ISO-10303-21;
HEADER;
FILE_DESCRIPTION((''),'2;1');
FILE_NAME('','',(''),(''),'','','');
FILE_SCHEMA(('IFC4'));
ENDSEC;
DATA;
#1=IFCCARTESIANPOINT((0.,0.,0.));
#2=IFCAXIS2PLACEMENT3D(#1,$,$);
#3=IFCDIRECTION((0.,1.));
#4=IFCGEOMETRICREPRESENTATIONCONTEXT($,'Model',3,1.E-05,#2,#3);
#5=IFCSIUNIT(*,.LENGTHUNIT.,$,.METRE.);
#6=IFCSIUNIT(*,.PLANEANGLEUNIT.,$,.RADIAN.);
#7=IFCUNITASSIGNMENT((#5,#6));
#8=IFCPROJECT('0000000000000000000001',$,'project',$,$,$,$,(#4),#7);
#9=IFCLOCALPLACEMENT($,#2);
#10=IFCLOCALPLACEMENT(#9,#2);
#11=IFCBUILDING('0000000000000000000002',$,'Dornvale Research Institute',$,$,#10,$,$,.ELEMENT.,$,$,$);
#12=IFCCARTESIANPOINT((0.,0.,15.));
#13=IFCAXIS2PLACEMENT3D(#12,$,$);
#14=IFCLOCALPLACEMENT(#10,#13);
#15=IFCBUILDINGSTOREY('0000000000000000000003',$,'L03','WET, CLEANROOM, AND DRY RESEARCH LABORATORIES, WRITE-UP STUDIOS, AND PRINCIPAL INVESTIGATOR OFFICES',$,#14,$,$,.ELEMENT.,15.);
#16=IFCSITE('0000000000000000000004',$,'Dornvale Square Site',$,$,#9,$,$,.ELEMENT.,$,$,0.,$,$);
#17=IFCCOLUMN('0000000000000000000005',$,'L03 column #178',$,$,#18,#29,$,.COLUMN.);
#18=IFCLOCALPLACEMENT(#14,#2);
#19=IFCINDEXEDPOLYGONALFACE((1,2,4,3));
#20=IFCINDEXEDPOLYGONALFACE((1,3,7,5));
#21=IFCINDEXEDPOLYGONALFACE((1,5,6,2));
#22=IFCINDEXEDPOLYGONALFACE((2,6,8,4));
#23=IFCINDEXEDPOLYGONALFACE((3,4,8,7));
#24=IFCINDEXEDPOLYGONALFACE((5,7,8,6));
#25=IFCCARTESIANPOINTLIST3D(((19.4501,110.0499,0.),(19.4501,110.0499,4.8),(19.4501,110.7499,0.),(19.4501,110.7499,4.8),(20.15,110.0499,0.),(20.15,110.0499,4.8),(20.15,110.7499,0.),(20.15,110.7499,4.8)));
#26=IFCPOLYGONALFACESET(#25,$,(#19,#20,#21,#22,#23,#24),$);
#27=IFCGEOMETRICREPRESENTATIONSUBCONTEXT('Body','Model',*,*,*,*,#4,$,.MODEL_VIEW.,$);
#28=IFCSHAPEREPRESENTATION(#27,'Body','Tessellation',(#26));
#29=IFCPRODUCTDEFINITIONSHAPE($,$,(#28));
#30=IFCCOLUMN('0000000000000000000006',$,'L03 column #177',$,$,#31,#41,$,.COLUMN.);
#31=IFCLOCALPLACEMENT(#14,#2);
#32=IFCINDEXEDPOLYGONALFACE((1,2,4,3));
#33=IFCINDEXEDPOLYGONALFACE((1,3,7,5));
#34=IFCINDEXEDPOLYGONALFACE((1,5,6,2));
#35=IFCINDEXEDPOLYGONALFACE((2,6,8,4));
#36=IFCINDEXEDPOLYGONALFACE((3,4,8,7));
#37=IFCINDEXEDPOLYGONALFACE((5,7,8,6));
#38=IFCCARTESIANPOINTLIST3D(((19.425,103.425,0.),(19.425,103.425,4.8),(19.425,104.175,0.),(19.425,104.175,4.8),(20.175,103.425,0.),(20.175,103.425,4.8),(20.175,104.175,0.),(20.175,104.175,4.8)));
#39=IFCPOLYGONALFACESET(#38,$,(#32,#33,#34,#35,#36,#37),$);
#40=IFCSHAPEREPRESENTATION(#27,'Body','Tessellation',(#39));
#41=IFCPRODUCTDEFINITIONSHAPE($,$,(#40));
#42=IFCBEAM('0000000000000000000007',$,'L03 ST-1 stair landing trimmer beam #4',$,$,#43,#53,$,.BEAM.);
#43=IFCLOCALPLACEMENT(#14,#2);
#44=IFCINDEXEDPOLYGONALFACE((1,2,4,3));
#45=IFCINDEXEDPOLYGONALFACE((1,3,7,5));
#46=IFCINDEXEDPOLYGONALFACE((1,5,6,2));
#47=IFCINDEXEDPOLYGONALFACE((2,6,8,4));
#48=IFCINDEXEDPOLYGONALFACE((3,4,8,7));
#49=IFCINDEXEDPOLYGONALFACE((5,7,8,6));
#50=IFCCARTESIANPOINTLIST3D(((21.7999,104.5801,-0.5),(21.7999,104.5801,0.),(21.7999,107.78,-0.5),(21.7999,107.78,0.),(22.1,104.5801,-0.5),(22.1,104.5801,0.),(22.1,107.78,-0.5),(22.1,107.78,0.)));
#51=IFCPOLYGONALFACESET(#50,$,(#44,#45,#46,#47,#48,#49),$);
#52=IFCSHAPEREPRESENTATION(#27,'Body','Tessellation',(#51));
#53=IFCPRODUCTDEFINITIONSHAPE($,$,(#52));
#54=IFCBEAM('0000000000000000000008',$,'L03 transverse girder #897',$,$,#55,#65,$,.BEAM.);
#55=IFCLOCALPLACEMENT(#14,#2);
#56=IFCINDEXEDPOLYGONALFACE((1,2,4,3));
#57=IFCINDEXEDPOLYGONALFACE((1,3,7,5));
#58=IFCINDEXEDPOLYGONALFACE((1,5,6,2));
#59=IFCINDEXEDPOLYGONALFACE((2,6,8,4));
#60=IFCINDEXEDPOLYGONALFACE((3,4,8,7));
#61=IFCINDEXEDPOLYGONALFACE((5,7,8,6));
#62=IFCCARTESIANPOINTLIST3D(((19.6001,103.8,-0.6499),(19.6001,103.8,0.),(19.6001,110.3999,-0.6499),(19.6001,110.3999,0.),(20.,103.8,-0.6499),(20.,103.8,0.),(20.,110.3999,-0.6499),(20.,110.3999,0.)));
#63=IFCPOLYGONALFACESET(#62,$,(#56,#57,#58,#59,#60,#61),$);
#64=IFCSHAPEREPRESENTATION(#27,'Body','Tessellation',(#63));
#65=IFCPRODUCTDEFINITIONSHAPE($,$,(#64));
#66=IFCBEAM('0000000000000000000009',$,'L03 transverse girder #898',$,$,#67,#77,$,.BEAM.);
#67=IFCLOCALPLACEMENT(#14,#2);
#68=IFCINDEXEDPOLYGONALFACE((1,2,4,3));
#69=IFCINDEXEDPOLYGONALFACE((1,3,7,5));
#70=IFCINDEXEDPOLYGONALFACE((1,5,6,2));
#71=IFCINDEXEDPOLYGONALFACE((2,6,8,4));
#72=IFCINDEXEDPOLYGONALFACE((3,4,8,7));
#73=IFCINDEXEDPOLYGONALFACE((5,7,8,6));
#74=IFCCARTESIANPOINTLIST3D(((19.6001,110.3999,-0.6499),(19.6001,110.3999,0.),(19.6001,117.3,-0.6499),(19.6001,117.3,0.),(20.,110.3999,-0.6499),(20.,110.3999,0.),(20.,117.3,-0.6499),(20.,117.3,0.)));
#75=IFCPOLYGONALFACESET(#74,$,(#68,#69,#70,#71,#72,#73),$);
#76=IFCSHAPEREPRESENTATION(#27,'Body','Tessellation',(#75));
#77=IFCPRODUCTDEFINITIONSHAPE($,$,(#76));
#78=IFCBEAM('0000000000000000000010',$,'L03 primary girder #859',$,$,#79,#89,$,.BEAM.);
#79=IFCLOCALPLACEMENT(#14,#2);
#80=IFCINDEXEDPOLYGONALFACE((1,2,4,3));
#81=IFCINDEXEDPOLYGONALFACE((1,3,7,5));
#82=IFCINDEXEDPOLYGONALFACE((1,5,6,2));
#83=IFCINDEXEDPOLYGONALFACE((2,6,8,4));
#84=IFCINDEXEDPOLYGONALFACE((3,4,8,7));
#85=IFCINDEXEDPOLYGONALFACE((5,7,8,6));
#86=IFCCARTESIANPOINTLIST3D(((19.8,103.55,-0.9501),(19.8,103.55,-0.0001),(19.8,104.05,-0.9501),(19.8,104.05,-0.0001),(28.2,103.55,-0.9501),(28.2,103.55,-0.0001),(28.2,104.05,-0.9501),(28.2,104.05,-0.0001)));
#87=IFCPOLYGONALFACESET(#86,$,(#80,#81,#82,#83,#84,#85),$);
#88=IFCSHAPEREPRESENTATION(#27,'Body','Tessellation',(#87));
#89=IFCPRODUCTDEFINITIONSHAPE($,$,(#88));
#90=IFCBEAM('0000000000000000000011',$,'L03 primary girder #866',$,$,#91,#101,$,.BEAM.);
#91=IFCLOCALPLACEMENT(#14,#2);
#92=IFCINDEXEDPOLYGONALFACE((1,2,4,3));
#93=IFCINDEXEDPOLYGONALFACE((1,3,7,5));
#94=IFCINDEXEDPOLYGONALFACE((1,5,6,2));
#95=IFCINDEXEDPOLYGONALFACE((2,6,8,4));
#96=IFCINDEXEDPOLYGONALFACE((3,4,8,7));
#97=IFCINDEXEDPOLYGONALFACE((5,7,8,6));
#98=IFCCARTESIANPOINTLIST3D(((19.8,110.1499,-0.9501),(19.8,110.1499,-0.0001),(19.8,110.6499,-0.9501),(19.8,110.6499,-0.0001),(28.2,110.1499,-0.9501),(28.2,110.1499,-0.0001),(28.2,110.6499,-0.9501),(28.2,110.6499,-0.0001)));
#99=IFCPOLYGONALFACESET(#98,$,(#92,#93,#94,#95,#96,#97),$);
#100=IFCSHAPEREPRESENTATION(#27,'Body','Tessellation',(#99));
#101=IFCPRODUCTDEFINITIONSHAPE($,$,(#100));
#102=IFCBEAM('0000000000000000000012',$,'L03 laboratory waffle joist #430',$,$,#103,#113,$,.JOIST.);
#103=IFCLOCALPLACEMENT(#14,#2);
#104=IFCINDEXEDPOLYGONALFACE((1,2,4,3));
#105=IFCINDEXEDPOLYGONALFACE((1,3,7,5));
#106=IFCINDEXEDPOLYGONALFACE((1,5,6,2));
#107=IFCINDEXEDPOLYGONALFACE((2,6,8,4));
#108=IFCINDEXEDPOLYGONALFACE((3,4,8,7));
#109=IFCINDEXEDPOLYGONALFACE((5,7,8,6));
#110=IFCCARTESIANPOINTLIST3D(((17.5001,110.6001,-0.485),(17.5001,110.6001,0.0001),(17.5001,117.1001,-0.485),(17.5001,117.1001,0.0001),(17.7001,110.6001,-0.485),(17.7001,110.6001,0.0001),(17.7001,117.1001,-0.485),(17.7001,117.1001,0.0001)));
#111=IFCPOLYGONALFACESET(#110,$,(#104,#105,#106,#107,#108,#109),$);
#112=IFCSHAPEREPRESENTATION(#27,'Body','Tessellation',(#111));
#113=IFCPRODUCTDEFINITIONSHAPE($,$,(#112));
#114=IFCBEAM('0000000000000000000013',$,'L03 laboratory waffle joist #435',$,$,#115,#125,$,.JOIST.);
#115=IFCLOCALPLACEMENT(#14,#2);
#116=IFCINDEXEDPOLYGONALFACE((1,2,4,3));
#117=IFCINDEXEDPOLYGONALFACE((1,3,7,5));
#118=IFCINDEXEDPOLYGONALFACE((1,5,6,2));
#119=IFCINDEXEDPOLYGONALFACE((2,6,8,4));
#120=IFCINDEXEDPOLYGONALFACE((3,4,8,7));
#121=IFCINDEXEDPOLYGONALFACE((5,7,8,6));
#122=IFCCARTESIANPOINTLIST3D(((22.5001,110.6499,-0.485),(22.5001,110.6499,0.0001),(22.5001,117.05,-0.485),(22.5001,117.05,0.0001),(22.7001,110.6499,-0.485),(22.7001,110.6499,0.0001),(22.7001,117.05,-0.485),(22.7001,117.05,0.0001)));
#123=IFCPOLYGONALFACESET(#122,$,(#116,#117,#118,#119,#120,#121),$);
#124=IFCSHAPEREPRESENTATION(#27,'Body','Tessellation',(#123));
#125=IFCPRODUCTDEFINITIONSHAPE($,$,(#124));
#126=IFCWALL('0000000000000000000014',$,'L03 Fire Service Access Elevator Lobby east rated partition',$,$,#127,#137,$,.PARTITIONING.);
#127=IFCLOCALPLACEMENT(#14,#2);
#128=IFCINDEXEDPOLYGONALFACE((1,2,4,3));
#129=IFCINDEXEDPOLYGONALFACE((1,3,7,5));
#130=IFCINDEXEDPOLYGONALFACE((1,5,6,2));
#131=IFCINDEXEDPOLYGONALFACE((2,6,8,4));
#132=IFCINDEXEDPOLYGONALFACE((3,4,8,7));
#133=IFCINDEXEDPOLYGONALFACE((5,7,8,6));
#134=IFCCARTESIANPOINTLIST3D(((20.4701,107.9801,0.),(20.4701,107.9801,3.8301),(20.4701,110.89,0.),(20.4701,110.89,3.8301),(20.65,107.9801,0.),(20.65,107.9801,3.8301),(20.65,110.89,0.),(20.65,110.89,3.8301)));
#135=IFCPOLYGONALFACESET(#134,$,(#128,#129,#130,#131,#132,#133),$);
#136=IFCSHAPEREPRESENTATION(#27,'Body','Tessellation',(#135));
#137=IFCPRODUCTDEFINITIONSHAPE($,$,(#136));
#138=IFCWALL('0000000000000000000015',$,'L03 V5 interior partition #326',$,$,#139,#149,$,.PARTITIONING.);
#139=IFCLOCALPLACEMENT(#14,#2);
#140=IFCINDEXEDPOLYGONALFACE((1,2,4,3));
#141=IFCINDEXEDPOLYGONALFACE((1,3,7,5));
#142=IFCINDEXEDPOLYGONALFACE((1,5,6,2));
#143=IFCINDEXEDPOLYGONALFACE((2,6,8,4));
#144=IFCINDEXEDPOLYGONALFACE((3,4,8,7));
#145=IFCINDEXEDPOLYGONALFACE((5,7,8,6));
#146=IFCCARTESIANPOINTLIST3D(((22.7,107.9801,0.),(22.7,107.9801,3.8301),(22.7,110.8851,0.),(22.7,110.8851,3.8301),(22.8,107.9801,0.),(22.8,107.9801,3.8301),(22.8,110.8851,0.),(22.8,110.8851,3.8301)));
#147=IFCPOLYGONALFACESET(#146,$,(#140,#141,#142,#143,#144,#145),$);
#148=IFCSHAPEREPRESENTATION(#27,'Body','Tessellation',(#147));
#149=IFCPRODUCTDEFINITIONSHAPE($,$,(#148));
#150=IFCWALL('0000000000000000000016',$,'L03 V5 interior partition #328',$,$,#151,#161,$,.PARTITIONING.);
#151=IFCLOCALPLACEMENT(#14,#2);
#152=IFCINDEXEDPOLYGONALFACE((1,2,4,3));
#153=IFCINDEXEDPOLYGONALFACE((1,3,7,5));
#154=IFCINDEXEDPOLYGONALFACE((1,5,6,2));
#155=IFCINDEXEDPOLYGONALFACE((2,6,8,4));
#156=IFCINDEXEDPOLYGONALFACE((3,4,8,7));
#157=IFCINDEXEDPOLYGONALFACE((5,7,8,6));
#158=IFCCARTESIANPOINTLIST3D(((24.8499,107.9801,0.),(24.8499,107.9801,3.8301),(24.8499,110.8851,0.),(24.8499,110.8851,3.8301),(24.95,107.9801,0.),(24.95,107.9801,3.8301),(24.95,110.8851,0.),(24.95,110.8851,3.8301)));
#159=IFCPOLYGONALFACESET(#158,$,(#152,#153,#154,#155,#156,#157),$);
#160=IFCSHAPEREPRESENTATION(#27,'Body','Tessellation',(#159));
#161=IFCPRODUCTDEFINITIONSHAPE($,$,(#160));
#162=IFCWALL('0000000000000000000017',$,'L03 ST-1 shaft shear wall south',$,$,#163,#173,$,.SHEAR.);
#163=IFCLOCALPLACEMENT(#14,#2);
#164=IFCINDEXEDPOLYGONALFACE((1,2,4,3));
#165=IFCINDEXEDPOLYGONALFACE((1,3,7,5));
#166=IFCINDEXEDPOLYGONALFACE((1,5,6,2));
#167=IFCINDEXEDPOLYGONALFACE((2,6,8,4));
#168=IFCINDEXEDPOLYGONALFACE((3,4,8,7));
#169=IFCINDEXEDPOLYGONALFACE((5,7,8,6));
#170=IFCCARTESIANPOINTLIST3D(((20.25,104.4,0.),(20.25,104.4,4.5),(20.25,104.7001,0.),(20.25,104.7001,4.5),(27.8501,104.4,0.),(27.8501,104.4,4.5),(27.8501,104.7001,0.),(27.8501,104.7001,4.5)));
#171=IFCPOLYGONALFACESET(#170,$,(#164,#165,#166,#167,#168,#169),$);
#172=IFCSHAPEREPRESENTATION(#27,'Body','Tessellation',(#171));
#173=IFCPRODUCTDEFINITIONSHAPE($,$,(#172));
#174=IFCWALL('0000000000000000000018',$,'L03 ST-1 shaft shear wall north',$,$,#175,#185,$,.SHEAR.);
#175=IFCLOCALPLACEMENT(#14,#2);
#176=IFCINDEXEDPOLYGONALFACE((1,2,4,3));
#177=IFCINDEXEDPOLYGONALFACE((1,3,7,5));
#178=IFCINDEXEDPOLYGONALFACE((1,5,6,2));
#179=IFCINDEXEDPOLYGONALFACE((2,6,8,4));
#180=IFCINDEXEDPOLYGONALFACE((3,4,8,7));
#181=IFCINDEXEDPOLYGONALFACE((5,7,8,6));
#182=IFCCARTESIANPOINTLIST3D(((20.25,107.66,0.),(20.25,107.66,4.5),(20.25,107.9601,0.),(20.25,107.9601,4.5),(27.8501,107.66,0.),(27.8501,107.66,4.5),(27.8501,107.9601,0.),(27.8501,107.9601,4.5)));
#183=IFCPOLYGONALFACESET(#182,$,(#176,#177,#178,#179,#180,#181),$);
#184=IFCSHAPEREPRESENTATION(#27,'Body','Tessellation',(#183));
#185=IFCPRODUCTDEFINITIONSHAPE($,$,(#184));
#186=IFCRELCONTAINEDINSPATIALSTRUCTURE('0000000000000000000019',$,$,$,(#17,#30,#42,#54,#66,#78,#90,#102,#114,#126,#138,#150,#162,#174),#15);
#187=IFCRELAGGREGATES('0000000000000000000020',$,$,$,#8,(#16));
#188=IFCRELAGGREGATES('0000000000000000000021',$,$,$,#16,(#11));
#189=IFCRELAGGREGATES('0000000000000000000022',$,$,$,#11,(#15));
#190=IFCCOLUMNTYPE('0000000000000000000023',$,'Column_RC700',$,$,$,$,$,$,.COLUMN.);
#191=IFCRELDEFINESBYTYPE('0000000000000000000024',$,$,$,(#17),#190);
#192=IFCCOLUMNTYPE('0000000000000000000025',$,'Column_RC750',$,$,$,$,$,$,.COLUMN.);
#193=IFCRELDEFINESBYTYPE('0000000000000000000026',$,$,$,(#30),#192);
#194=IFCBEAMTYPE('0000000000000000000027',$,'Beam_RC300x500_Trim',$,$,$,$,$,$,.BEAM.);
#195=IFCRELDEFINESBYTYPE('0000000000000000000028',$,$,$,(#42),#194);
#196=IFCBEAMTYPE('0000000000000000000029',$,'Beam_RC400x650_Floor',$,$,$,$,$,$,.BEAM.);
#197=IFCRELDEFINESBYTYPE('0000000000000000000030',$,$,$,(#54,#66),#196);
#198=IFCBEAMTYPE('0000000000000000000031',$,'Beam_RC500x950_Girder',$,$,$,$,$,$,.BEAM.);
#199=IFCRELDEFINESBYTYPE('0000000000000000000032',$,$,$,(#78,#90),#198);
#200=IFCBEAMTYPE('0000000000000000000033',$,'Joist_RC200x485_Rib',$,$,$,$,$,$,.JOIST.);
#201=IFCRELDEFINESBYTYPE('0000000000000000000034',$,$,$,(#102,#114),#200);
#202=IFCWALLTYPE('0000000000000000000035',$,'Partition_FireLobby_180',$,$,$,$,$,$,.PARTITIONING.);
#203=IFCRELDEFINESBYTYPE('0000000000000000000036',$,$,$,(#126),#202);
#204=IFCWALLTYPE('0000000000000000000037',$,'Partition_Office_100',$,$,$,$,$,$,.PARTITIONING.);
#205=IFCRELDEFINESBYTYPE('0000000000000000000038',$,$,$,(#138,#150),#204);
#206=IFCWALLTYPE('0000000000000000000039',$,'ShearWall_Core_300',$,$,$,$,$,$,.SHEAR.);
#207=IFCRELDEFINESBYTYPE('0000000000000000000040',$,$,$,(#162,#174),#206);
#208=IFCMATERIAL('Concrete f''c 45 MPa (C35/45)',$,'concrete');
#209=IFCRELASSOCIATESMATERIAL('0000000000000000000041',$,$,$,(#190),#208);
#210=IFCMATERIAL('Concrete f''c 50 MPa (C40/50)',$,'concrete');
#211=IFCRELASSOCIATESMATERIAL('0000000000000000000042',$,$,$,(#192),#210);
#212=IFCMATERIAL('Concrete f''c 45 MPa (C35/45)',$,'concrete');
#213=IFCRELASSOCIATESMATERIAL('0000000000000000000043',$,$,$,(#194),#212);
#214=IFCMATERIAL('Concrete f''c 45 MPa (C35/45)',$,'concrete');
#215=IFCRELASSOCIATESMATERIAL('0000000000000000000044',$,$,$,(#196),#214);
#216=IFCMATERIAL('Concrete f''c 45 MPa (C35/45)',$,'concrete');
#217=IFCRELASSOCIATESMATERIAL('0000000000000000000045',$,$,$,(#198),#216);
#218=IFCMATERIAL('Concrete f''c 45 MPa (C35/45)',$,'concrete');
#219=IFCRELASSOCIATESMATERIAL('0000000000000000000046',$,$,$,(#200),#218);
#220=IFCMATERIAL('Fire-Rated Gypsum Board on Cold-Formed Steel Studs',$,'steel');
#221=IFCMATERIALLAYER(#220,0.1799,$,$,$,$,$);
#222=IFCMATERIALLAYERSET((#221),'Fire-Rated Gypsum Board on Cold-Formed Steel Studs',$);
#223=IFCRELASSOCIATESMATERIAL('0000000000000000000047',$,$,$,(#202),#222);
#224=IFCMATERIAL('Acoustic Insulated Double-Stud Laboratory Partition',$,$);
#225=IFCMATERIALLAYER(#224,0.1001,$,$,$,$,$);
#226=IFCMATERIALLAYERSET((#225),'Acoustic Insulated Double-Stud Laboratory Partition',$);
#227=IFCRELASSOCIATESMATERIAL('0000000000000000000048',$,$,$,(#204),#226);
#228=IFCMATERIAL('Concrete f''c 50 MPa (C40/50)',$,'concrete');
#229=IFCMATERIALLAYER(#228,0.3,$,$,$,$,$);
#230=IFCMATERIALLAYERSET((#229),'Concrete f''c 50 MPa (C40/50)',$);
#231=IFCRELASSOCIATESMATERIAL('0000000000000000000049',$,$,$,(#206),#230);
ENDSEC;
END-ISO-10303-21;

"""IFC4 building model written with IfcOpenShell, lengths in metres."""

from ifc_helpers import new_model, si_unit, direction, frame, frame_2d, origin, origin_2d, place, context, subcontext, project, spatial, rectangle, extrude, material, layer, layer_set, material_profile, profile_set, type_object, element, save


model = new_model("IFC4")

# Units and contexts
model_context = context("Model", 3, precision=1e-05, world=origin(), true_north=direction((0.0, 1.0)))
body_context = subcontext(model_context, "Body", "Model", "MODEL_VIEW")
ifc_project = project(units=[si_unit("LENGTHUNIT", "METRE"), si_unit("PLANEANGLEUNIT", "RADIAN")], contexts=[model_context])

# Site, building, storey
site_placement = place(None, origin())
site = spatial("IfcSite", under=ifc_project, at=site_placement, Name="Dornvale Square Site", CompositionType="ELEMENT", RefElevation=0.0)
building_placement = place(site_placement, origin())
building = spatial("IfcBuilding", under=site, at=building_placement, Name="Dornvale Research Institute", CompositionType="ELEMENT")
storey_placement = place(building_placement, frame((0.0, 0.0, 15.0)))
storey = spatial("IfcBuildingStorey", under=building, at=storey_placement, Name="L03", Description="WET, CLEANROOM, AND DRY RESEARCH LABORATORIES, WRITE-UP STUDIOS, AND PRINCIPAL INVESTIGATOR OFFICES", CompositionType="ELEMENT", Elevation=15.0)

# Columns
ifc_material_1 = material(Name="Concrete f'c 45 MPa (C35/45)", Category="concrete")
ifc_material_profile_1 = material_profile(ifc_material_1, rectangle(XDim=0.7, YDim=0.7, at=origin_2d()), Name="RC 700x700")
ifc_profile_set_1 = profile_set([ifc_material_profile_1], Name="Concrete f'c 45 MPa (C35/45)")
column_type_1 = type_object("IfcColumnType", Name="Column_RC700", PredefinedType="COLUMN", material=ifc_profile_set_1)
column_1_placement = place(storey_placement, frame((19.8, 110.3999, 0.0), z_axis=(0.0, 0.0, 1.0), x_axis=(1.0, 0.0, 0.0)))
element("IfcColumn", 1, at=column_1_placement, inside=storey, type_object=column_type_1, Name="L03 column #178", PredefinedType="COLUMN", context=body_context, shape_type="SweptSolid", body=[
    extrude(rectangle(XDim=0.7, YDim=0.7, at=origin_2d()), origin(), (0.0, 0.0, 1.0), 4.8),
])
ifc_material_2 = material(Name="Concrete f'c 50 MPa (C40/50)", Category="concrete")
ifc_material_profile_2 = material_profile(ifc_material_2, rectangle(XDim=0.75, YDim=0.75, at=origin_2d()), Name="RC 750x750")
ifc_profile_set_2 = profile_set([ifc_material_profile_2], Name="Concrete f'c 50 MPa (C40/50)")
column_type_2 = type_object("IfcColumnType", Name="Column_RC750", PredefinedType="COLUMN", material=ifc_profile_set_2)
column_2_placement = place(storey_placement, frame((19.8, 103.8, 0.0), z_axis=(0.0, 0.0, 1.0), x_axis=(1.0, 0.0, 0.0)))
element("IfcColumn", 2, at=column_2_placement, inside=storey, type_object=column_type_2, Name="L03 column #177", PredefinedType="COLUMN", context=body_context, shape_type="SweptSolid", body=[
    extrude(rectangle(XDim=0.75, YDim=0.75, at=origin_2d()), origin(), (0.0, 0.0, 1.0), 4.8),
])

# Beams
ifc_material_3 = material(Name="Concrete f'c 45 MPa (C35/45)", Category="concrete")
ifc_material_profile_3 = material_profile(ifc_material_3, rectangle(XDim=0.3, YDim=0.5, at=origin_2d()), Name="RC 300x500")
ifc_profile_set_3 = profile_set([ifc_material_profile_3], Name="Concrete f'c 45 MPa (C35/45)")
beam_type_1 = type_object("IfcBeamType", Name="Beam_RC300x500_Trim", PredefinedType="BEAM", material=ifc_profile_set_3)
beam_1_placement = place(storey_placement, frame((21.95, 104.5801, -0.25), z_axis=(0.0, 1.0, 0.0), x_axis=(-1.0, 0.0, 0.0)))
element("IfcBeam", 3, at=beam_1_placement, inside=storey, type_object=beam_type_1, Name="L03 ST-1 stair landing trimmer beam #4", PredefinedType="BEAM", context=body_context, shape_type="SweptSolid", body=[
    extrude(rectangle(XDim=0.3, YDim=0.5, at=origin_2d()), origin(), (0.0, 0.0, 1.0), 3.2),
])
ifc_material_4 = material(Name="Concrete f'c 45 MPa (C35/45)", Category="concrete")
ifc_material_profile_4 = material_profile(ifc_material_4, rectangle(XDim=0.3999, YDim=0.6499, at=origin_2d()), Name="RC 400x650")
ifc_profile_set_4 = profile_set([ifc_material_profile_4], Name="Concrete f'c 45 MPa (C35/45)")
beam_type_2 = type_object("IfcBeamType", Name="Beam_RC400x650_Floor", PredefinedType="BEAM", material=ifc_profile_set_4)
beam_2_placement = place(storey_placement, frame((19.8, 103.8, -0.325), z_axis=(0.0, 1.0, 0.0), x_axis=(-1.0, 0.0, 0.0)))
element("IfcBeam", 4, at=beam_2_placement, inside=storey, type_object=beam_type_2, Name="L03 transverse girder #897", PredefinedType="BEAM", context=body_context, shape_type="SweptSolid", body=[
    extrude(rectangle(XDim=0.3999, YDim=0.6499, at=origin_2d()), origin(), (0.0, 0.0, 1.0), 6.5999),
])
beam_3_placement = place(storey_placement, frame((19.8, 110.3999, -0.325), z_axis=(0.0, 1.0, 0.0), x_axis=(-1.0, 0.0, 0.0)))
element("IfcBeam", 5, at=beam_3_placement, inside=storey, type_object=beam_type_2, Name="L03 transverse girder #898", PredefinedType="BEAM", context=body_context, shape_type="SweptSolid", body=[
    extrude(rectangle(XDim=0.3999, YDim=0.6499, at=origin_2d()), origin(), (0.0, 0.0, 1.0), 6.9001),
])
ifc_material_5 = material(Name="Concrete f'c 45 MPa (C35/45)", Category="concrete")
ifc_material_profile_5 = material_profile(ifc_material_5, rectangle(XDim=0.5, YDim=0.95, at=origin_2d()), Name="RC 500x950")
ifc_profile_set_5 = profile_set([ifc_material_profile_5], Name="Concrete f'c 45 MPa (C35/45)")
beam_type_3 = type_object("IfcBeamType", Name="Beam_RC500x950_Girder", PredefinedType="BEAM", material=ifc_profile_set_5)
for number, where, z_axis, x_axis, name in (
    (6, (19.8, 103.8, -0.4751), (1.0, 0.0, 0.0), (0.0, 1.0, 0.0), "L03 primary girder #859"),
    (7, (19.8, 110.3999, -0.4751), (1.0, 0.0, 0.0), (0.0, 1.0, 0.0), "L03 primary girder #866"),
):
    element("IfcBeam", number, at=place(storey_placement, frame(where, z_axis=z_axis, x_axis=x_axis)), inside=storey, type_object=beam_type_3, Name=name, PredefinedType="BEAM", context=body_context, shape_type="SweptSolid", body=[
        extrude(rectangle(XDim=0.5, YDim=0.95, at=origin_2d()), origin(), (0.0, 0.0, 1.0), 8.3999),
    ])
ifc_material_6 = material(Name="Concrete f'c 45 MPa (C35/45)", Category="concrete")
ifc_material_profile_6 = material_profile(ifc_material_6, rectangle(XDim=0.2, YDim=0.4851, at=origin_2d()), Name="RC 200x485")
ifc_profile_set_6 = profile_set([ifc_material_profile_6], Name="Concrete f'c 45 MPa (C35/45)")
beam_type_4 = type_object("IfcBeamType", Name="Joist_RC200x485_Rib", PredefinedType="JOIST", material=ifc_profile_set_6)
beam_4_placement = place(storey_placement, frame((17.6001, 110.6001, -0.2424), z_axis=(0.0, 1.0, 0.0), x_axis=(-1.0, 0.0, 0.0)))
element("IfcBeam", 8, at=beam_4_placement, inside=storey, type_object=beam_type_4, Name="L03 laboratory waffle joist #430", PredefinedType="JOIST", context=body_context, shape_type="SweptSolid", body=[
    extrude(rectangle(XDim=0.2, YDim=0.4851, at=origin_2d()), origin(), (0.0, 0.0, 1.0), 6.5),
])
beam_5_placement = place(storey_placement, frame((22.6001, 110.6499, -0.2424), z_axis=(0.0, 1.0, 0.0), x_axis=(-1.0, 0.0, 0.0)))
element("IfcBeam", 9, at=beam_5_placement, inside=storey, type_object=beam_type_4, Name="L03 laboratory waffle joist #435", PredefinedType="JOIST", context=body_context, shape_type="SweptSolid", body=[
    extrude(rectangle(XDim=0.2, YDim=0.4851, at=origin_2d()), origin(), (0.0, 0.0, 1.0), 6.4001),
])

# Walls
ifc_material_7 = material(Name="Fire-Rated Gypsum Board on Cold-Formed Steel Studs", Category="steel")
ifc_layer_1 = layer(ifc_material_7, 0.1799)
ifc_layer_set_1 = layer_set([ifc_layer_1], Name="Fire-Rated Gypsum Board on Cold-Formed Steel Studs")
wall_type_1 = type_object("IfcWallType", Name="Partition_FireLobby_180", PredefinedType="PARTITIONING", material=ifc_layer_set_1)
wall_1_placement = place(storey_placement, frame((20.5601, 107.98, 0.0), z_axis=(0.0, 0.0, 1.0), x_axis=(0.0, 1.0, 0.0)))
element("IfcWall", 10, at=wall_1_placement, inside=storey, type_object=wall_type_1, Name="L03 Fire Service Access Elevator Lobby east rated partition", PredefinedType="PARTITIONING", context=body_context, shape_type="SweptSolid", body=[
    extrude(rectangle(XDim=2.9099, YDim=0.1799, at=frame_2d((1.4551, 0.0))), origin(), (0.0, 0.0, 1.0), 3.8301),
])
ifc_material_8 = material(Name="Acoustic Insulated Double-Stud Laboratory Partition")
ifc_layer_2 = layer(ifc_material_8, 0.1001)
ifc_layer_set_2 = layer_set([ifc_layer_2], Name="Acoustic Insulated Double-Stud Laboratory Partition")
wall_type_2 = type_object("IfcWallType", Name="Partition_Office_100", PredefinedType="PARTITIONING", material=ifc_layer_set_2)
for number, where, z_axis, x_axis, name in (
    (11, (22.75, 107.98, 0.0), (0.0, 0.0, 1.0), (0.0, 1.0, 0.0), "L03 V5 interior partition #326"),
    (12, (24.8999, 107.98, 0.0), (0.0, 0.0, 1.0), (0.0, 1.0, 0.0), "L03 V5 interior partition #328"),
):
    element("IfcWall", number, at=place(storey_placement, frame(where, z_axis=z_axis, x_axis=x_axis)), inside=storey, type_object=wall_type_2, Name=name, PredefinedType="PARTITIONING", context=body_context, shape_type="SweptSolid", body=[
        extrude(rectangle(XDim=2.905, YDim=0.1001, at=frame_2d((1.4526, 0.0))), origin(), (0.0, 0.0, 1.0), 3.8301),
    ])
ifc_material_9 = material(Name="Concrete f'c 50 MPa (C40/50)", Category="concrete")
ifc_layer_3 = layer(ifc_material_9, 0.3)
ifc_layer_set_3 = layer_set([ifc_layer_3], Name="Concrete f'c 50 MPa (C40/50)")
wall_type_3 = type_object("IfcWallType", Name="ShearWall_Core_300", PredefinedType="SHEAR", material=ifc_layer_set_3)
for number, where, z_axis, x_axis, name in (
    (13, (20.25, 104.55, 0.0), (0.0, 0.0, 1.0), (1.0, 0.0, 0.0), "L03 ST-1 shaft shear wall south"),
    (14, (20.25, 107.8101, 0.0), (0.0, 0.0, 1.0), (1.0, 0.0, 0.0), "L03 ST-1 shaft shear wall north"),
):
    element("IfcWall", number, at=place(storey_placement, frame(where, z_axis=z_axis, x_axis=x_axis)), inside=storey, type_object=wall_type_3, Name=name, PredefinedType="SHEAR", context=body_context, shape_type="SweptSolid", body=[
        extrude(rectangle(XDim=7.6001, YDim=0.3, at=frame_2d((3.8, 0.0))), origin(), (0.0, 0.0, 1.0), 4.5),
    ])

save(model, "model.ifc")
